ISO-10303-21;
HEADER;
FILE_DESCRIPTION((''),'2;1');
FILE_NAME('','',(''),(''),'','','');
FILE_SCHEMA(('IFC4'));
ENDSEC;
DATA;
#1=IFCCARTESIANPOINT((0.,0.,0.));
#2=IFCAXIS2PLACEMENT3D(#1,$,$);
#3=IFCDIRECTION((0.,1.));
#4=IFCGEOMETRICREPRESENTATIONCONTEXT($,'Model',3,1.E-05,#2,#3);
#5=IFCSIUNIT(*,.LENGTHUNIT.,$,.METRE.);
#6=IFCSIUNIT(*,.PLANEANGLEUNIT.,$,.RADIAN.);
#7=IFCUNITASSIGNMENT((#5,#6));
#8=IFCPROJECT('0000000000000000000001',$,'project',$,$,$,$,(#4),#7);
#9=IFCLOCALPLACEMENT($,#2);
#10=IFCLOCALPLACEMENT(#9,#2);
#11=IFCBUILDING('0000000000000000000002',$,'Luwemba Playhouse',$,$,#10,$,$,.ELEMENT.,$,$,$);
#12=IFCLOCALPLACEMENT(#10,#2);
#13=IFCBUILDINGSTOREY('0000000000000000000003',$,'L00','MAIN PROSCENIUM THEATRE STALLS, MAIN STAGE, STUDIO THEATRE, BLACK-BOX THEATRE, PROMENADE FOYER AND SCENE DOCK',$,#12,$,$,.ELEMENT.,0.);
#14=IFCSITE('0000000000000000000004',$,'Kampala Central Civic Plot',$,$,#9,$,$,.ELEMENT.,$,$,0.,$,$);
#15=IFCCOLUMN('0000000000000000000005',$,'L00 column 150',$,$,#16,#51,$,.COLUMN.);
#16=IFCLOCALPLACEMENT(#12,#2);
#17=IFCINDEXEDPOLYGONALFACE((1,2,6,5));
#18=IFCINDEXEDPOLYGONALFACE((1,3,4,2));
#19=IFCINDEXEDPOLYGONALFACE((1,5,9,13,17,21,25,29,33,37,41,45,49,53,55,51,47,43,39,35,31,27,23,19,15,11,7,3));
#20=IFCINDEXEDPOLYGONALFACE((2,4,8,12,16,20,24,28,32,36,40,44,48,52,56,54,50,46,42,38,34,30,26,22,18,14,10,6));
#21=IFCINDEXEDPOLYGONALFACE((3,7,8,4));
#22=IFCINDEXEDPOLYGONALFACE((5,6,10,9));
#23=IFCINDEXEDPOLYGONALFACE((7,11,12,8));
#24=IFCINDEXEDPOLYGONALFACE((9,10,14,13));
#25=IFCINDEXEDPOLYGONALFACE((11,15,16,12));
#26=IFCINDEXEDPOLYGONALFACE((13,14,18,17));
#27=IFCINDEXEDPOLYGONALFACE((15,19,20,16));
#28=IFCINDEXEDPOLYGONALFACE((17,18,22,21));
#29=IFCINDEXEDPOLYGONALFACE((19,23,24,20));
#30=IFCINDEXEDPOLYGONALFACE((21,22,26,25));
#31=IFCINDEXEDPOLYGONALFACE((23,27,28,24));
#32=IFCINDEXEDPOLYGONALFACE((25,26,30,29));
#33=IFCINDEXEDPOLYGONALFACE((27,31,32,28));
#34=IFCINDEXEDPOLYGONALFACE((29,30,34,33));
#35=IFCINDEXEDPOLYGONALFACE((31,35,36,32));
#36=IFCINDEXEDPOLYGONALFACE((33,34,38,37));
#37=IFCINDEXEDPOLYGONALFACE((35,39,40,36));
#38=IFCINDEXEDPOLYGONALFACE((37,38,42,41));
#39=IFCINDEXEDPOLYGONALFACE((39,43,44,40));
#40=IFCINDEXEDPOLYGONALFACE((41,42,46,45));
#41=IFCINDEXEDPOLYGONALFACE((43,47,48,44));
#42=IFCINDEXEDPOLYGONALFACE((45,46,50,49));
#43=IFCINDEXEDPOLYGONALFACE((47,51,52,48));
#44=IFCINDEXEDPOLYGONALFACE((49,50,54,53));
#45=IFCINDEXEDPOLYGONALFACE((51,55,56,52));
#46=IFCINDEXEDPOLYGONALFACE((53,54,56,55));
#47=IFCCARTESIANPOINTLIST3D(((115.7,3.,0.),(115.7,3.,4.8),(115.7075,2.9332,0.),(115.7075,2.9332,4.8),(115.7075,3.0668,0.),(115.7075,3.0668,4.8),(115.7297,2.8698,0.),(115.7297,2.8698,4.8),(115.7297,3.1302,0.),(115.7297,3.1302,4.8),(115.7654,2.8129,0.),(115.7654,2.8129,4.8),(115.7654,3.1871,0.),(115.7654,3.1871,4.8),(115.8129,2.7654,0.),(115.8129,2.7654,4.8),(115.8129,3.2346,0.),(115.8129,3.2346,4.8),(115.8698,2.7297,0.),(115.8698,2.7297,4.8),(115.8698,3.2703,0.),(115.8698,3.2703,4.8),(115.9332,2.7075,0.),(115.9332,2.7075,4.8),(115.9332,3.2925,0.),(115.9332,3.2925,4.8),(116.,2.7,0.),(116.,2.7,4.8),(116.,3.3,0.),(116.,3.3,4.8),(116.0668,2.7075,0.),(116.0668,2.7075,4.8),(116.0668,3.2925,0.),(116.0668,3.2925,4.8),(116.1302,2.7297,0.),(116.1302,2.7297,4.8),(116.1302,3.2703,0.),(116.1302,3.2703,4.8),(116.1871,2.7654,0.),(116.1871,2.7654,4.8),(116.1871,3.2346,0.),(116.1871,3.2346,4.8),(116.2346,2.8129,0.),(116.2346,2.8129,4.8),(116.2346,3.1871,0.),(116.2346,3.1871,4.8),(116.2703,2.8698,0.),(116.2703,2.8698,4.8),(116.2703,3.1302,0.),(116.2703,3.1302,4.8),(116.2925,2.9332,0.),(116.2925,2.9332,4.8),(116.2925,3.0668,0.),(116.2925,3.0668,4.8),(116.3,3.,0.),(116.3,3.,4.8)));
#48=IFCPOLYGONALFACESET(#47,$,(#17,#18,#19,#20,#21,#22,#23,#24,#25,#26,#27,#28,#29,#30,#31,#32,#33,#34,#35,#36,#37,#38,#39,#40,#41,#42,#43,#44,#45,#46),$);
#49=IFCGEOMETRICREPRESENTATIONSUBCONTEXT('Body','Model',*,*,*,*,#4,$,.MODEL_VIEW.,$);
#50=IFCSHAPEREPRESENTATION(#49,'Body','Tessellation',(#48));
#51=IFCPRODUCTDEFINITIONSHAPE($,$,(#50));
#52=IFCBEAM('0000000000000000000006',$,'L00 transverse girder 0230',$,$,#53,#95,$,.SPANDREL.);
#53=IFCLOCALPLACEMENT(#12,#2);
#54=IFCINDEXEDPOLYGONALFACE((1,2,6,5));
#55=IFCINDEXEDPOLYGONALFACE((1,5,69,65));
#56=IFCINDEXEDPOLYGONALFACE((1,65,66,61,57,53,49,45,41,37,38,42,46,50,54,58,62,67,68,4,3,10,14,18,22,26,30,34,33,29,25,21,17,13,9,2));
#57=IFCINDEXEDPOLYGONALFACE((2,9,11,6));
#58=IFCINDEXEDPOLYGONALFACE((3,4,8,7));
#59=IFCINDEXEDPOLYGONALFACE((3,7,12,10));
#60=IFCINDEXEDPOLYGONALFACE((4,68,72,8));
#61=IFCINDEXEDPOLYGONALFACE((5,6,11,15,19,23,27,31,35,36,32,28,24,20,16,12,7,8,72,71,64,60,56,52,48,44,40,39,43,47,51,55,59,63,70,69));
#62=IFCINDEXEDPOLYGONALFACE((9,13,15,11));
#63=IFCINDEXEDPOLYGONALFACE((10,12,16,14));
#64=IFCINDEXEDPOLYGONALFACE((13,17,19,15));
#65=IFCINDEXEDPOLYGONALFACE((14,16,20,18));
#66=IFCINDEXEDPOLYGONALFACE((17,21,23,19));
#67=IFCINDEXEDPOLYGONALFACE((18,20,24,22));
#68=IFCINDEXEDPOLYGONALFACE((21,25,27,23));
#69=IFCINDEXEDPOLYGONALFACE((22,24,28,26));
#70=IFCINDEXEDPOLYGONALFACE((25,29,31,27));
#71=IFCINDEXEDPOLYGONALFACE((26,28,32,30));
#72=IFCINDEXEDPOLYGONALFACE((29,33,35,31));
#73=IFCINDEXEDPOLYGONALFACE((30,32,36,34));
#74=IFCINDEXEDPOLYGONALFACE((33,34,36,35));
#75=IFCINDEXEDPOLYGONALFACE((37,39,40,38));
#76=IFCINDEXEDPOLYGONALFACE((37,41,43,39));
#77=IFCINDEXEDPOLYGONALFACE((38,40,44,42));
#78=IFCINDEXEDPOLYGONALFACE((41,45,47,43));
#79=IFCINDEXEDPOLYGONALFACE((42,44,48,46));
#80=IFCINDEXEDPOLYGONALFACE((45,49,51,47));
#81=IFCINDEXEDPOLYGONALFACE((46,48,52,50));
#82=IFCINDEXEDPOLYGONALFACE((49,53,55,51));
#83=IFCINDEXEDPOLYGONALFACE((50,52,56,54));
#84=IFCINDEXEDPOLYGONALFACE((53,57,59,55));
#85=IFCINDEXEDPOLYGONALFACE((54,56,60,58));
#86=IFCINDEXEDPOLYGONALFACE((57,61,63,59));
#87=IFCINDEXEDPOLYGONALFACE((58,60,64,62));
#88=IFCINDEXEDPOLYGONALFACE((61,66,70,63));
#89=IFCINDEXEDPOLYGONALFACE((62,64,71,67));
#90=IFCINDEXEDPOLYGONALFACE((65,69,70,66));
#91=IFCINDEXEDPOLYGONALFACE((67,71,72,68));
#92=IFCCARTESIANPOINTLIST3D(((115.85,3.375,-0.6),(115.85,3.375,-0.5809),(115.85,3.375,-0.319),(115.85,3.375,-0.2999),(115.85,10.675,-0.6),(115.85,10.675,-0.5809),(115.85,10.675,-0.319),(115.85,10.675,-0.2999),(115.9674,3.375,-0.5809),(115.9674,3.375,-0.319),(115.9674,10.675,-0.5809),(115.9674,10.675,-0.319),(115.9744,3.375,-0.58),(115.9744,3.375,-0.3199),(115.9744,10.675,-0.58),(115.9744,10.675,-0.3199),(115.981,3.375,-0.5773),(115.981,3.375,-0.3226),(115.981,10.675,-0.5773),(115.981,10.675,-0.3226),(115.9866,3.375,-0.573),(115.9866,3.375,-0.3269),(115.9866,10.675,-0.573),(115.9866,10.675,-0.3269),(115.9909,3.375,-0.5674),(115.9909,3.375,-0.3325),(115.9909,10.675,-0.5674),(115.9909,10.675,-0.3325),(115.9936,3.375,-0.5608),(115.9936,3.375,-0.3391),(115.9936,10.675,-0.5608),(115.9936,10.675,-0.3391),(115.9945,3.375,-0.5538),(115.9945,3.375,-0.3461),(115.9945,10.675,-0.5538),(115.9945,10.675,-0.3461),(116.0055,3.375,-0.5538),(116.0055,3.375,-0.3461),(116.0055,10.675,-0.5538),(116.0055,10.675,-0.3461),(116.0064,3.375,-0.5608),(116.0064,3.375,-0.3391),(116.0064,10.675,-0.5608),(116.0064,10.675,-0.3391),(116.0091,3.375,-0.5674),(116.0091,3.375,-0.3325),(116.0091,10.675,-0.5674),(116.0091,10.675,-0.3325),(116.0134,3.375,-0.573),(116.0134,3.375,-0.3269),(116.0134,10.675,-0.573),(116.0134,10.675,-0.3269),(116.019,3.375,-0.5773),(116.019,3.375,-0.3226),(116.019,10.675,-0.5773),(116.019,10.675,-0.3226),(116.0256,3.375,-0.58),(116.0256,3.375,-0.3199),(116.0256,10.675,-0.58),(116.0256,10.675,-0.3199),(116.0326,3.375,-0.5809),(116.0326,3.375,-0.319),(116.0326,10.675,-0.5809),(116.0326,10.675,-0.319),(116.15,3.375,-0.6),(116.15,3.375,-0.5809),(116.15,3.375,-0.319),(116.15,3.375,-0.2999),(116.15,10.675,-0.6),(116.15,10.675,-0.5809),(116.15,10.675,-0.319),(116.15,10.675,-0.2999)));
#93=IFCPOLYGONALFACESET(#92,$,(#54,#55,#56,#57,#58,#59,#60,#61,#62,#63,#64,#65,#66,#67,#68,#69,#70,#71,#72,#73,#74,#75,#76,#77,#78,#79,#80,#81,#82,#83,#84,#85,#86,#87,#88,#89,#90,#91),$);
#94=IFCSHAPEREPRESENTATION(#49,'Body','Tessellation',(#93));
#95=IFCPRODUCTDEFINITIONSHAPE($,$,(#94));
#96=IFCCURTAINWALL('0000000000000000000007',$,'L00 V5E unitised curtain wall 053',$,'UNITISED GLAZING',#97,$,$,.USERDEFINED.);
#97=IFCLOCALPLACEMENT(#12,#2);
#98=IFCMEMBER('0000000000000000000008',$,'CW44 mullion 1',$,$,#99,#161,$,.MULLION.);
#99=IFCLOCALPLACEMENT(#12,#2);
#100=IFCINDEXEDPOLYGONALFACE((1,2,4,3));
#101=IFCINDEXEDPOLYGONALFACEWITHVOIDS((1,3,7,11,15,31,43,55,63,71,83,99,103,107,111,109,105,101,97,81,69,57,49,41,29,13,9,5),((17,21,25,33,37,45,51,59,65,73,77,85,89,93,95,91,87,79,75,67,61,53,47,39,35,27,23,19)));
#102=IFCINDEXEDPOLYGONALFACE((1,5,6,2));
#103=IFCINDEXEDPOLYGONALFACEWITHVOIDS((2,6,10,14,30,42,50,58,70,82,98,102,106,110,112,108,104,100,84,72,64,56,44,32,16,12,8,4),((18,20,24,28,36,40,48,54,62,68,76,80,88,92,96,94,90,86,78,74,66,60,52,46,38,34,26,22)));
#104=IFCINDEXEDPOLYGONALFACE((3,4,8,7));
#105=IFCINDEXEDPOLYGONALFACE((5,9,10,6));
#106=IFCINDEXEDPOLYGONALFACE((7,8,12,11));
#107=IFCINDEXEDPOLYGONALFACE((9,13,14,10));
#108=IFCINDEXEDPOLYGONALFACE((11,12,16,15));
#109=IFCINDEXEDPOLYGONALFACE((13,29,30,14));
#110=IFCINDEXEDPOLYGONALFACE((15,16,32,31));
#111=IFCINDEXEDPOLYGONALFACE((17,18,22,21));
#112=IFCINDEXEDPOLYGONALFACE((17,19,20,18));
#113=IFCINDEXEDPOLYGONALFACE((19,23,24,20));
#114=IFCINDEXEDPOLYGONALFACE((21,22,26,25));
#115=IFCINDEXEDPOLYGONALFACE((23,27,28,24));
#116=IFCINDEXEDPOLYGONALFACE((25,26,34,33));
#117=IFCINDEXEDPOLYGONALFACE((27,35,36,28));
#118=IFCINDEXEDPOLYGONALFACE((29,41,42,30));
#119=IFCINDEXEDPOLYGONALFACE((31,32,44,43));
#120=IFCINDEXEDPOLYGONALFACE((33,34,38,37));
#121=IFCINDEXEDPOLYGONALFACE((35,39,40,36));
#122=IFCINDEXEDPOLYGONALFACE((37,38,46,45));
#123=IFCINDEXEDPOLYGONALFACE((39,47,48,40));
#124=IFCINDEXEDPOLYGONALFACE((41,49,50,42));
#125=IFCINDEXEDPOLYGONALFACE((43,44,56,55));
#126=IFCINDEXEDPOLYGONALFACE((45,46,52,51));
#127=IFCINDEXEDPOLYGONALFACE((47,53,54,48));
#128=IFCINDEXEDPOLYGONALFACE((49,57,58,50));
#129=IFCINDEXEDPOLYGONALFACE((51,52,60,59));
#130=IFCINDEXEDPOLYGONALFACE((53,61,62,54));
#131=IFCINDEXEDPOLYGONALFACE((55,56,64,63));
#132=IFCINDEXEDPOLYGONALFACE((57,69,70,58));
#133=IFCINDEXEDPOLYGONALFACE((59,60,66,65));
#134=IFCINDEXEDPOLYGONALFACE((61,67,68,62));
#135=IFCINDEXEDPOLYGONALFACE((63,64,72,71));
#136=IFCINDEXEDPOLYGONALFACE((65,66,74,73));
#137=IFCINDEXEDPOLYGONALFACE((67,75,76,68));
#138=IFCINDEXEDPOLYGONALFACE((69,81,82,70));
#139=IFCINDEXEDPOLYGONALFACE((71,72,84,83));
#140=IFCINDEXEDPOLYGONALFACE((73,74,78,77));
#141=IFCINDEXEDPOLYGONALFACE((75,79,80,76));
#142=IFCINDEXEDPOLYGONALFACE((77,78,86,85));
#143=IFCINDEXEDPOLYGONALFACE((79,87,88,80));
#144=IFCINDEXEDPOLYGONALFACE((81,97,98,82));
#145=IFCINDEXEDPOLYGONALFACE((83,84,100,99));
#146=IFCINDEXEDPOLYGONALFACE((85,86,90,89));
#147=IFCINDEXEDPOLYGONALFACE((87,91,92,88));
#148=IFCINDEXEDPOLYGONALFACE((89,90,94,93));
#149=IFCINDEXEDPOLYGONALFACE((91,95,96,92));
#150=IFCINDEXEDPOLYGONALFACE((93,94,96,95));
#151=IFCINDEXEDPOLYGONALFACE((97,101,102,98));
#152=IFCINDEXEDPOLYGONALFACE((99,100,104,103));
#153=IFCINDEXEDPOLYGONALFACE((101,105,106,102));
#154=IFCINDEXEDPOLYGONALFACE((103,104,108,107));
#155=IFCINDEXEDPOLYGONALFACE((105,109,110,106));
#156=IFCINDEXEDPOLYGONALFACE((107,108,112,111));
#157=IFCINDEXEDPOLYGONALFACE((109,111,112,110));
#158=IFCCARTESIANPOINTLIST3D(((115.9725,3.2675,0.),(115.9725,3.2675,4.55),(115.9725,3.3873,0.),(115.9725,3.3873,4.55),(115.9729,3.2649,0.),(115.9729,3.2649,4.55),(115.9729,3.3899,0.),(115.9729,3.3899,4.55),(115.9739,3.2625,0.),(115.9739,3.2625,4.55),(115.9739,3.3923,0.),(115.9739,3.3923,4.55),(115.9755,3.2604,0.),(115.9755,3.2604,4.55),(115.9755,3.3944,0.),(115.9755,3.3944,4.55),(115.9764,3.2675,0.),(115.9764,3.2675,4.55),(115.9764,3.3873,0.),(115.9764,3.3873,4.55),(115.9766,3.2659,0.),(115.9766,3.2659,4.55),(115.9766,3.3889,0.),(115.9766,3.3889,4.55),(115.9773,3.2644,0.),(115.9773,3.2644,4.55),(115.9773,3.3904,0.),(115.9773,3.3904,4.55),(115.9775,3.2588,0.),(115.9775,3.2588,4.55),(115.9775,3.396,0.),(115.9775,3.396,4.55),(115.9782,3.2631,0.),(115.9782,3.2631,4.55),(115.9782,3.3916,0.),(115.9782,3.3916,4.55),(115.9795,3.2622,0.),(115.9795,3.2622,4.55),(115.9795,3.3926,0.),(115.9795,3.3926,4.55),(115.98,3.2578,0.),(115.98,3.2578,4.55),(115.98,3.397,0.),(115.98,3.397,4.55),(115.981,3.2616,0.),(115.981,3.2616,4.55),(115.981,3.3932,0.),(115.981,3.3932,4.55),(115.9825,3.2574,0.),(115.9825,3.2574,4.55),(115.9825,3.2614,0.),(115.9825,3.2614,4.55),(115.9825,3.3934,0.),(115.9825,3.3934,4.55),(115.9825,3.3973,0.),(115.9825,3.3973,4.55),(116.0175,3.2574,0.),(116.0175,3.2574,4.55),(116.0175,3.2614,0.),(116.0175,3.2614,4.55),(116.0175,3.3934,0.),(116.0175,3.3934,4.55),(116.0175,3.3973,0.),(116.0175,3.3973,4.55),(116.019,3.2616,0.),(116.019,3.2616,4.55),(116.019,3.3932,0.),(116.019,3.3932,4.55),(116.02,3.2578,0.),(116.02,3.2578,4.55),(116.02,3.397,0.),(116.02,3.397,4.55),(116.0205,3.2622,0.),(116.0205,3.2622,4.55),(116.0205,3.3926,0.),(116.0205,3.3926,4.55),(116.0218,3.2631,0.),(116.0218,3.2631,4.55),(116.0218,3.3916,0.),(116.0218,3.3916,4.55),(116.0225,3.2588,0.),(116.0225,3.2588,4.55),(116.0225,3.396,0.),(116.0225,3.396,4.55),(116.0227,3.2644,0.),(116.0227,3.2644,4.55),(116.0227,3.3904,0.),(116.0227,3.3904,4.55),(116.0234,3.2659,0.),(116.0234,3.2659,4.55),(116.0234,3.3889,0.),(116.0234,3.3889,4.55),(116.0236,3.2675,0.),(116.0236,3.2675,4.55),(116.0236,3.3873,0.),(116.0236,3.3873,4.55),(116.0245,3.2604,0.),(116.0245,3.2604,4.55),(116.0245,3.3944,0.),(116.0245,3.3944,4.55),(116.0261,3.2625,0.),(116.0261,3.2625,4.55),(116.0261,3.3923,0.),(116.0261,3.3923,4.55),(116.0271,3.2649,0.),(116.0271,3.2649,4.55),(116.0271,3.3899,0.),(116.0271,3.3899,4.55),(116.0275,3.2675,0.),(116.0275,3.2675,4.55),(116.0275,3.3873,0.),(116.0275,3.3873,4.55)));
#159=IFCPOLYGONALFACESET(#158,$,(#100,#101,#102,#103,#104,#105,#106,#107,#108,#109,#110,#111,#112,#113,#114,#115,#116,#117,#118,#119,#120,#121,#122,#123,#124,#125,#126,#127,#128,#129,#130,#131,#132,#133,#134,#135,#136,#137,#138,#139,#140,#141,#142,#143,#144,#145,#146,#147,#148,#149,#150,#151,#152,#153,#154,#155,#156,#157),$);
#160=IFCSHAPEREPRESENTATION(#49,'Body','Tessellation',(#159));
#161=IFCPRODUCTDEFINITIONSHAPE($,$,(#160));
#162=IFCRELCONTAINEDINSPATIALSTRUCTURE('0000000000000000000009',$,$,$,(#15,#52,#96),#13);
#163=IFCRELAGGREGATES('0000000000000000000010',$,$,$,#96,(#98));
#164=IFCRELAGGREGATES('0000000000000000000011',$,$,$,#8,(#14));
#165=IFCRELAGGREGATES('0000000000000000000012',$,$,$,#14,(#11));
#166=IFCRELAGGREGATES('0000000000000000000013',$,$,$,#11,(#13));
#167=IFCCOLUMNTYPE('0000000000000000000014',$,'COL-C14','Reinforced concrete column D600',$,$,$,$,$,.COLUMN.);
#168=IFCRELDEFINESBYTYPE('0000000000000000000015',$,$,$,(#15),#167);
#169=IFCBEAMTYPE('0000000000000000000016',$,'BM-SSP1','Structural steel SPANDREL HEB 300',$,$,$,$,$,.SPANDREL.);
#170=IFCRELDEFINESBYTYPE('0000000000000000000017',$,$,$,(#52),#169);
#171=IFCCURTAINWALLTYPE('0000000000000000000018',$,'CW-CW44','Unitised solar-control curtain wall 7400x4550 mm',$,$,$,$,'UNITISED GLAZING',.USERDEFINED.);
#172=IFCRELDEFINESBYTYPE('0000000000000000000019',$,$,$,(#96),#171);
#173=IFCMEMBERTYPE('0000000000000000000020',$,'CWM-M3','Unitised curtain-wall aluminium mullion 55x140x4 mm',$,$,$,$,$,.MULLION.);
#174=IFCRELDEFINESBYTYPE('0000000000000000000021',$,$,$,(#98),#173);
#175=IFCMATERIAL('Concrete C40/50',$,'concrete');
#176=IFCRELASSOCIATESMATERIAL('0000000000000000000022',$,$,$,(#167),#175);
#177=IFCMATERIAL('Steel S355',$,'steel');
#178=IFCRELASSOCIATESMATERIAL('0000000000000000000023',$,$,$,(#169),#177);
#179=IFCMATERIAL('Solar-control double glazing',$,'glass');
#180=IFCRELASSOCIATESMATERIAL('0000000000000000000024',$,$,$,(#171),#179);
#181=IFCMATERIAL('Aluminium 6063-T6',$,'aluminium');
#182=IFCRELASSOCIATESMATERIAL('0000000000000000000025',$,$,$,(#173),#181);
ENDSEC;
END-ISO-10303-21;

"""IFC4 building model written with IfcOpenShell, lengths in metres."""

from ifc_helpers import new_model, si_unit, direction, frame, origin, origin_2d, place, context, subcontext, project, spatial, hollow_rectangle, circle, i_section, extrude, material, material_profile, profile_set, type_object, element, aggregate, save


model = new_model("IFC4")

# Units and contexts
model_context = context("Model", 3, precision=1e-05, world=origin(), true_north=direction((0.0, 1.0)))
body_context = subcontext(model_context, "Body", "Model", "MODEL_VIEW")
ifc_project = project(units=[si_unit("LENGTHUNIT", "METRE"), si_unit("PLANEANGLEUNIT", "RADIAN")], contexts=[model_context])

# Site, building, storey
site_placement = place(None, origin())
site = spatial("IfcSite", under=ifc_project, at=site_placement, Name="Kampala Central Civic Plot", CompositionType="ELEMENT", RefElevation=0.0)
building_placement = place(site_placement, origin())
building = spatial("IfcBuilding", under=site, at=building_placement, Name="Luwemba Playhouse", CompositionType="ELEMENT")
storey_placement = place(building_placement, origin())
storey = spatial("IfcBuildingStorey", under=building, at=storey_placement, Name="L00", Description="MAIN PROSCENIUM THEATRE STALLS, MAIN STAGE, STUDIO THEATRE, BLACK-BOX THEATRE, PROMENADE FOYER AND SCENE DOCK", CompositionType="ELEMENT", Elevation=0.0)

# Column
ifc_material_1 = material(Name="Concrete C40/50", Category="concrete")
ifc_material_profile_1 = material_profile(ifc_material_1, circle(Radius=0.3, at=origin_2d()))
ifc_profile_set_1 = profile_set([ifc_material_profile_1], Name="Concrete C40/50")
column_type = type_object("IfcColumnType", Name="COL-C14", Description="Reinforced concrete column D600", PredefinedType="COLUMN", material=ifc_profile_set_1)
column_placement = place(storey_placement, frame((116.0, 3.0, 0.0), z_axis=(0.0, 0.0, 1.0), x_axis=(1.0, 0.0, 0.0)))
element("IfcColumn", 1, at=column_placement, inside=storey, type_object=column_type, Name="L00 column 150", PredefinedType="COLUMN", context=body_context, shape_type="SweptSolid", body=[
    extrude(circle(Radius=0.3, at=origin_2d()), origin(), (0.0, 0.0, 1.0), 4.8),
])

# Beam
ifc_material_2 = material(Name="Steel S355", Category="steel")
ifc_material_profile_2 = material_profile(ifc_material_2, i_section(OverallWidth=0.3, OverallDepth=0.3, WebThickness=0.011, FlangeThickness=0.019, FilletRadius=0.0271, at=origin_2d()))
ifc_profile_set_2 = profile_set([ifc_material_profile_2], Name="Steel S355")
beam_type = type_object("IfcBeamType", Name="BM-SSP1", Description="Structural steel SPANDREL HEB 300", PredefinedType="SPANDREL", material=ifc_profile_set_2)
beam_placement = place(storey_placement, frame((116.0, 3.375, -0.45), z_axis=(0.0, 1.0, 0.0), x_axis=(-1.0, 0.0, 0.0)))
element("IfcBeam", 2, at=beam_placement, inside=storey, type_object=beam_type, Name="L00 transverse girder 0230", PredefinedType="SPANDREL", context=body_context, shape_type="SweptSolid", body=[
    extrude(i_section(OverallWidth=0.3, OverallDepth=0.3, WebThickness=0.011, FlangeThickness=0.019, FilletRadius=0.0271, at=origin_2d()), origin(), (0.0, 0.0, 1.0), 7.3),
])

# Curtain wall, member
ifc_material_3 = material(Name="Solar-control double glazing", Category="glass")
curtain_wall_type = type_object("IfcCurtainWallType", Name="CW-CW44", Description="Unitised solar-control curtain wall 7400x4550 mm", ElementType="UNITISED GLAZING", PredefinedType="USERDEFINED", material=ifc_material_3)
curtain_wall_placement = place(storey_placement, origin())
curtain_wall = element("IfcCurtainWall", 3, at=curtain_wall_placement, inside=storey, type_object=curtain_wall_type, Name="L00 V5E unitised curtain wall 053", ObjectType="UNITISED GLAZING", PredefinedType="USERDEFINED")
ifc_material_4 = material(Name="Aluminium 6063-T6", Category="aluminium")
ifc_material_profile_3 = material_profile(ifc_material_4, hollow_rectangle(XDim=0.0549, YDim=0.1399, WallThickness=0.0039, InnerFilletRadius=0.0061, OuterFilletRadius=0.01, at=origin_2d()))
ifc_profile_set_3 = profile_set([ifc_material_profile_3], Name="Aluminium 6063-T6")
member_type_1 = type_object("IfcMemberType", Name="CWM-M3", Description="Unitised curtain-wall aluminium mullion 55x140x4 mm", PredefinedType="MULLION", material=ifc_profile_set_3)
member_1_placement = place(storey_placement, frame((116.0, 3.3274, 0.0), z_axis=(0.0, 0.0, 1.0), x_axis=(-1.0, 0.0, 0.0)))
member_1 = element("IfcMember", 4, at=member_1_placement, type_object=member_type_1, Name="CW44 mullion 1", PredefinedType="MULLION", context=body_context, shape_type="SweptSolid", body=[
    extrude(hollow_rectangle(XDim=0.0549, YDim=0.1399, WallThickness=0.0039, InnerFilletRadius=0.0061, OuterFilletRadius=0.01, at=origin_2d()), origin(), (0.0, 0.0, 1.0), 4.55),
])
aggregate(curtain_wall, [member_1])

save(model, "model.ifc")
